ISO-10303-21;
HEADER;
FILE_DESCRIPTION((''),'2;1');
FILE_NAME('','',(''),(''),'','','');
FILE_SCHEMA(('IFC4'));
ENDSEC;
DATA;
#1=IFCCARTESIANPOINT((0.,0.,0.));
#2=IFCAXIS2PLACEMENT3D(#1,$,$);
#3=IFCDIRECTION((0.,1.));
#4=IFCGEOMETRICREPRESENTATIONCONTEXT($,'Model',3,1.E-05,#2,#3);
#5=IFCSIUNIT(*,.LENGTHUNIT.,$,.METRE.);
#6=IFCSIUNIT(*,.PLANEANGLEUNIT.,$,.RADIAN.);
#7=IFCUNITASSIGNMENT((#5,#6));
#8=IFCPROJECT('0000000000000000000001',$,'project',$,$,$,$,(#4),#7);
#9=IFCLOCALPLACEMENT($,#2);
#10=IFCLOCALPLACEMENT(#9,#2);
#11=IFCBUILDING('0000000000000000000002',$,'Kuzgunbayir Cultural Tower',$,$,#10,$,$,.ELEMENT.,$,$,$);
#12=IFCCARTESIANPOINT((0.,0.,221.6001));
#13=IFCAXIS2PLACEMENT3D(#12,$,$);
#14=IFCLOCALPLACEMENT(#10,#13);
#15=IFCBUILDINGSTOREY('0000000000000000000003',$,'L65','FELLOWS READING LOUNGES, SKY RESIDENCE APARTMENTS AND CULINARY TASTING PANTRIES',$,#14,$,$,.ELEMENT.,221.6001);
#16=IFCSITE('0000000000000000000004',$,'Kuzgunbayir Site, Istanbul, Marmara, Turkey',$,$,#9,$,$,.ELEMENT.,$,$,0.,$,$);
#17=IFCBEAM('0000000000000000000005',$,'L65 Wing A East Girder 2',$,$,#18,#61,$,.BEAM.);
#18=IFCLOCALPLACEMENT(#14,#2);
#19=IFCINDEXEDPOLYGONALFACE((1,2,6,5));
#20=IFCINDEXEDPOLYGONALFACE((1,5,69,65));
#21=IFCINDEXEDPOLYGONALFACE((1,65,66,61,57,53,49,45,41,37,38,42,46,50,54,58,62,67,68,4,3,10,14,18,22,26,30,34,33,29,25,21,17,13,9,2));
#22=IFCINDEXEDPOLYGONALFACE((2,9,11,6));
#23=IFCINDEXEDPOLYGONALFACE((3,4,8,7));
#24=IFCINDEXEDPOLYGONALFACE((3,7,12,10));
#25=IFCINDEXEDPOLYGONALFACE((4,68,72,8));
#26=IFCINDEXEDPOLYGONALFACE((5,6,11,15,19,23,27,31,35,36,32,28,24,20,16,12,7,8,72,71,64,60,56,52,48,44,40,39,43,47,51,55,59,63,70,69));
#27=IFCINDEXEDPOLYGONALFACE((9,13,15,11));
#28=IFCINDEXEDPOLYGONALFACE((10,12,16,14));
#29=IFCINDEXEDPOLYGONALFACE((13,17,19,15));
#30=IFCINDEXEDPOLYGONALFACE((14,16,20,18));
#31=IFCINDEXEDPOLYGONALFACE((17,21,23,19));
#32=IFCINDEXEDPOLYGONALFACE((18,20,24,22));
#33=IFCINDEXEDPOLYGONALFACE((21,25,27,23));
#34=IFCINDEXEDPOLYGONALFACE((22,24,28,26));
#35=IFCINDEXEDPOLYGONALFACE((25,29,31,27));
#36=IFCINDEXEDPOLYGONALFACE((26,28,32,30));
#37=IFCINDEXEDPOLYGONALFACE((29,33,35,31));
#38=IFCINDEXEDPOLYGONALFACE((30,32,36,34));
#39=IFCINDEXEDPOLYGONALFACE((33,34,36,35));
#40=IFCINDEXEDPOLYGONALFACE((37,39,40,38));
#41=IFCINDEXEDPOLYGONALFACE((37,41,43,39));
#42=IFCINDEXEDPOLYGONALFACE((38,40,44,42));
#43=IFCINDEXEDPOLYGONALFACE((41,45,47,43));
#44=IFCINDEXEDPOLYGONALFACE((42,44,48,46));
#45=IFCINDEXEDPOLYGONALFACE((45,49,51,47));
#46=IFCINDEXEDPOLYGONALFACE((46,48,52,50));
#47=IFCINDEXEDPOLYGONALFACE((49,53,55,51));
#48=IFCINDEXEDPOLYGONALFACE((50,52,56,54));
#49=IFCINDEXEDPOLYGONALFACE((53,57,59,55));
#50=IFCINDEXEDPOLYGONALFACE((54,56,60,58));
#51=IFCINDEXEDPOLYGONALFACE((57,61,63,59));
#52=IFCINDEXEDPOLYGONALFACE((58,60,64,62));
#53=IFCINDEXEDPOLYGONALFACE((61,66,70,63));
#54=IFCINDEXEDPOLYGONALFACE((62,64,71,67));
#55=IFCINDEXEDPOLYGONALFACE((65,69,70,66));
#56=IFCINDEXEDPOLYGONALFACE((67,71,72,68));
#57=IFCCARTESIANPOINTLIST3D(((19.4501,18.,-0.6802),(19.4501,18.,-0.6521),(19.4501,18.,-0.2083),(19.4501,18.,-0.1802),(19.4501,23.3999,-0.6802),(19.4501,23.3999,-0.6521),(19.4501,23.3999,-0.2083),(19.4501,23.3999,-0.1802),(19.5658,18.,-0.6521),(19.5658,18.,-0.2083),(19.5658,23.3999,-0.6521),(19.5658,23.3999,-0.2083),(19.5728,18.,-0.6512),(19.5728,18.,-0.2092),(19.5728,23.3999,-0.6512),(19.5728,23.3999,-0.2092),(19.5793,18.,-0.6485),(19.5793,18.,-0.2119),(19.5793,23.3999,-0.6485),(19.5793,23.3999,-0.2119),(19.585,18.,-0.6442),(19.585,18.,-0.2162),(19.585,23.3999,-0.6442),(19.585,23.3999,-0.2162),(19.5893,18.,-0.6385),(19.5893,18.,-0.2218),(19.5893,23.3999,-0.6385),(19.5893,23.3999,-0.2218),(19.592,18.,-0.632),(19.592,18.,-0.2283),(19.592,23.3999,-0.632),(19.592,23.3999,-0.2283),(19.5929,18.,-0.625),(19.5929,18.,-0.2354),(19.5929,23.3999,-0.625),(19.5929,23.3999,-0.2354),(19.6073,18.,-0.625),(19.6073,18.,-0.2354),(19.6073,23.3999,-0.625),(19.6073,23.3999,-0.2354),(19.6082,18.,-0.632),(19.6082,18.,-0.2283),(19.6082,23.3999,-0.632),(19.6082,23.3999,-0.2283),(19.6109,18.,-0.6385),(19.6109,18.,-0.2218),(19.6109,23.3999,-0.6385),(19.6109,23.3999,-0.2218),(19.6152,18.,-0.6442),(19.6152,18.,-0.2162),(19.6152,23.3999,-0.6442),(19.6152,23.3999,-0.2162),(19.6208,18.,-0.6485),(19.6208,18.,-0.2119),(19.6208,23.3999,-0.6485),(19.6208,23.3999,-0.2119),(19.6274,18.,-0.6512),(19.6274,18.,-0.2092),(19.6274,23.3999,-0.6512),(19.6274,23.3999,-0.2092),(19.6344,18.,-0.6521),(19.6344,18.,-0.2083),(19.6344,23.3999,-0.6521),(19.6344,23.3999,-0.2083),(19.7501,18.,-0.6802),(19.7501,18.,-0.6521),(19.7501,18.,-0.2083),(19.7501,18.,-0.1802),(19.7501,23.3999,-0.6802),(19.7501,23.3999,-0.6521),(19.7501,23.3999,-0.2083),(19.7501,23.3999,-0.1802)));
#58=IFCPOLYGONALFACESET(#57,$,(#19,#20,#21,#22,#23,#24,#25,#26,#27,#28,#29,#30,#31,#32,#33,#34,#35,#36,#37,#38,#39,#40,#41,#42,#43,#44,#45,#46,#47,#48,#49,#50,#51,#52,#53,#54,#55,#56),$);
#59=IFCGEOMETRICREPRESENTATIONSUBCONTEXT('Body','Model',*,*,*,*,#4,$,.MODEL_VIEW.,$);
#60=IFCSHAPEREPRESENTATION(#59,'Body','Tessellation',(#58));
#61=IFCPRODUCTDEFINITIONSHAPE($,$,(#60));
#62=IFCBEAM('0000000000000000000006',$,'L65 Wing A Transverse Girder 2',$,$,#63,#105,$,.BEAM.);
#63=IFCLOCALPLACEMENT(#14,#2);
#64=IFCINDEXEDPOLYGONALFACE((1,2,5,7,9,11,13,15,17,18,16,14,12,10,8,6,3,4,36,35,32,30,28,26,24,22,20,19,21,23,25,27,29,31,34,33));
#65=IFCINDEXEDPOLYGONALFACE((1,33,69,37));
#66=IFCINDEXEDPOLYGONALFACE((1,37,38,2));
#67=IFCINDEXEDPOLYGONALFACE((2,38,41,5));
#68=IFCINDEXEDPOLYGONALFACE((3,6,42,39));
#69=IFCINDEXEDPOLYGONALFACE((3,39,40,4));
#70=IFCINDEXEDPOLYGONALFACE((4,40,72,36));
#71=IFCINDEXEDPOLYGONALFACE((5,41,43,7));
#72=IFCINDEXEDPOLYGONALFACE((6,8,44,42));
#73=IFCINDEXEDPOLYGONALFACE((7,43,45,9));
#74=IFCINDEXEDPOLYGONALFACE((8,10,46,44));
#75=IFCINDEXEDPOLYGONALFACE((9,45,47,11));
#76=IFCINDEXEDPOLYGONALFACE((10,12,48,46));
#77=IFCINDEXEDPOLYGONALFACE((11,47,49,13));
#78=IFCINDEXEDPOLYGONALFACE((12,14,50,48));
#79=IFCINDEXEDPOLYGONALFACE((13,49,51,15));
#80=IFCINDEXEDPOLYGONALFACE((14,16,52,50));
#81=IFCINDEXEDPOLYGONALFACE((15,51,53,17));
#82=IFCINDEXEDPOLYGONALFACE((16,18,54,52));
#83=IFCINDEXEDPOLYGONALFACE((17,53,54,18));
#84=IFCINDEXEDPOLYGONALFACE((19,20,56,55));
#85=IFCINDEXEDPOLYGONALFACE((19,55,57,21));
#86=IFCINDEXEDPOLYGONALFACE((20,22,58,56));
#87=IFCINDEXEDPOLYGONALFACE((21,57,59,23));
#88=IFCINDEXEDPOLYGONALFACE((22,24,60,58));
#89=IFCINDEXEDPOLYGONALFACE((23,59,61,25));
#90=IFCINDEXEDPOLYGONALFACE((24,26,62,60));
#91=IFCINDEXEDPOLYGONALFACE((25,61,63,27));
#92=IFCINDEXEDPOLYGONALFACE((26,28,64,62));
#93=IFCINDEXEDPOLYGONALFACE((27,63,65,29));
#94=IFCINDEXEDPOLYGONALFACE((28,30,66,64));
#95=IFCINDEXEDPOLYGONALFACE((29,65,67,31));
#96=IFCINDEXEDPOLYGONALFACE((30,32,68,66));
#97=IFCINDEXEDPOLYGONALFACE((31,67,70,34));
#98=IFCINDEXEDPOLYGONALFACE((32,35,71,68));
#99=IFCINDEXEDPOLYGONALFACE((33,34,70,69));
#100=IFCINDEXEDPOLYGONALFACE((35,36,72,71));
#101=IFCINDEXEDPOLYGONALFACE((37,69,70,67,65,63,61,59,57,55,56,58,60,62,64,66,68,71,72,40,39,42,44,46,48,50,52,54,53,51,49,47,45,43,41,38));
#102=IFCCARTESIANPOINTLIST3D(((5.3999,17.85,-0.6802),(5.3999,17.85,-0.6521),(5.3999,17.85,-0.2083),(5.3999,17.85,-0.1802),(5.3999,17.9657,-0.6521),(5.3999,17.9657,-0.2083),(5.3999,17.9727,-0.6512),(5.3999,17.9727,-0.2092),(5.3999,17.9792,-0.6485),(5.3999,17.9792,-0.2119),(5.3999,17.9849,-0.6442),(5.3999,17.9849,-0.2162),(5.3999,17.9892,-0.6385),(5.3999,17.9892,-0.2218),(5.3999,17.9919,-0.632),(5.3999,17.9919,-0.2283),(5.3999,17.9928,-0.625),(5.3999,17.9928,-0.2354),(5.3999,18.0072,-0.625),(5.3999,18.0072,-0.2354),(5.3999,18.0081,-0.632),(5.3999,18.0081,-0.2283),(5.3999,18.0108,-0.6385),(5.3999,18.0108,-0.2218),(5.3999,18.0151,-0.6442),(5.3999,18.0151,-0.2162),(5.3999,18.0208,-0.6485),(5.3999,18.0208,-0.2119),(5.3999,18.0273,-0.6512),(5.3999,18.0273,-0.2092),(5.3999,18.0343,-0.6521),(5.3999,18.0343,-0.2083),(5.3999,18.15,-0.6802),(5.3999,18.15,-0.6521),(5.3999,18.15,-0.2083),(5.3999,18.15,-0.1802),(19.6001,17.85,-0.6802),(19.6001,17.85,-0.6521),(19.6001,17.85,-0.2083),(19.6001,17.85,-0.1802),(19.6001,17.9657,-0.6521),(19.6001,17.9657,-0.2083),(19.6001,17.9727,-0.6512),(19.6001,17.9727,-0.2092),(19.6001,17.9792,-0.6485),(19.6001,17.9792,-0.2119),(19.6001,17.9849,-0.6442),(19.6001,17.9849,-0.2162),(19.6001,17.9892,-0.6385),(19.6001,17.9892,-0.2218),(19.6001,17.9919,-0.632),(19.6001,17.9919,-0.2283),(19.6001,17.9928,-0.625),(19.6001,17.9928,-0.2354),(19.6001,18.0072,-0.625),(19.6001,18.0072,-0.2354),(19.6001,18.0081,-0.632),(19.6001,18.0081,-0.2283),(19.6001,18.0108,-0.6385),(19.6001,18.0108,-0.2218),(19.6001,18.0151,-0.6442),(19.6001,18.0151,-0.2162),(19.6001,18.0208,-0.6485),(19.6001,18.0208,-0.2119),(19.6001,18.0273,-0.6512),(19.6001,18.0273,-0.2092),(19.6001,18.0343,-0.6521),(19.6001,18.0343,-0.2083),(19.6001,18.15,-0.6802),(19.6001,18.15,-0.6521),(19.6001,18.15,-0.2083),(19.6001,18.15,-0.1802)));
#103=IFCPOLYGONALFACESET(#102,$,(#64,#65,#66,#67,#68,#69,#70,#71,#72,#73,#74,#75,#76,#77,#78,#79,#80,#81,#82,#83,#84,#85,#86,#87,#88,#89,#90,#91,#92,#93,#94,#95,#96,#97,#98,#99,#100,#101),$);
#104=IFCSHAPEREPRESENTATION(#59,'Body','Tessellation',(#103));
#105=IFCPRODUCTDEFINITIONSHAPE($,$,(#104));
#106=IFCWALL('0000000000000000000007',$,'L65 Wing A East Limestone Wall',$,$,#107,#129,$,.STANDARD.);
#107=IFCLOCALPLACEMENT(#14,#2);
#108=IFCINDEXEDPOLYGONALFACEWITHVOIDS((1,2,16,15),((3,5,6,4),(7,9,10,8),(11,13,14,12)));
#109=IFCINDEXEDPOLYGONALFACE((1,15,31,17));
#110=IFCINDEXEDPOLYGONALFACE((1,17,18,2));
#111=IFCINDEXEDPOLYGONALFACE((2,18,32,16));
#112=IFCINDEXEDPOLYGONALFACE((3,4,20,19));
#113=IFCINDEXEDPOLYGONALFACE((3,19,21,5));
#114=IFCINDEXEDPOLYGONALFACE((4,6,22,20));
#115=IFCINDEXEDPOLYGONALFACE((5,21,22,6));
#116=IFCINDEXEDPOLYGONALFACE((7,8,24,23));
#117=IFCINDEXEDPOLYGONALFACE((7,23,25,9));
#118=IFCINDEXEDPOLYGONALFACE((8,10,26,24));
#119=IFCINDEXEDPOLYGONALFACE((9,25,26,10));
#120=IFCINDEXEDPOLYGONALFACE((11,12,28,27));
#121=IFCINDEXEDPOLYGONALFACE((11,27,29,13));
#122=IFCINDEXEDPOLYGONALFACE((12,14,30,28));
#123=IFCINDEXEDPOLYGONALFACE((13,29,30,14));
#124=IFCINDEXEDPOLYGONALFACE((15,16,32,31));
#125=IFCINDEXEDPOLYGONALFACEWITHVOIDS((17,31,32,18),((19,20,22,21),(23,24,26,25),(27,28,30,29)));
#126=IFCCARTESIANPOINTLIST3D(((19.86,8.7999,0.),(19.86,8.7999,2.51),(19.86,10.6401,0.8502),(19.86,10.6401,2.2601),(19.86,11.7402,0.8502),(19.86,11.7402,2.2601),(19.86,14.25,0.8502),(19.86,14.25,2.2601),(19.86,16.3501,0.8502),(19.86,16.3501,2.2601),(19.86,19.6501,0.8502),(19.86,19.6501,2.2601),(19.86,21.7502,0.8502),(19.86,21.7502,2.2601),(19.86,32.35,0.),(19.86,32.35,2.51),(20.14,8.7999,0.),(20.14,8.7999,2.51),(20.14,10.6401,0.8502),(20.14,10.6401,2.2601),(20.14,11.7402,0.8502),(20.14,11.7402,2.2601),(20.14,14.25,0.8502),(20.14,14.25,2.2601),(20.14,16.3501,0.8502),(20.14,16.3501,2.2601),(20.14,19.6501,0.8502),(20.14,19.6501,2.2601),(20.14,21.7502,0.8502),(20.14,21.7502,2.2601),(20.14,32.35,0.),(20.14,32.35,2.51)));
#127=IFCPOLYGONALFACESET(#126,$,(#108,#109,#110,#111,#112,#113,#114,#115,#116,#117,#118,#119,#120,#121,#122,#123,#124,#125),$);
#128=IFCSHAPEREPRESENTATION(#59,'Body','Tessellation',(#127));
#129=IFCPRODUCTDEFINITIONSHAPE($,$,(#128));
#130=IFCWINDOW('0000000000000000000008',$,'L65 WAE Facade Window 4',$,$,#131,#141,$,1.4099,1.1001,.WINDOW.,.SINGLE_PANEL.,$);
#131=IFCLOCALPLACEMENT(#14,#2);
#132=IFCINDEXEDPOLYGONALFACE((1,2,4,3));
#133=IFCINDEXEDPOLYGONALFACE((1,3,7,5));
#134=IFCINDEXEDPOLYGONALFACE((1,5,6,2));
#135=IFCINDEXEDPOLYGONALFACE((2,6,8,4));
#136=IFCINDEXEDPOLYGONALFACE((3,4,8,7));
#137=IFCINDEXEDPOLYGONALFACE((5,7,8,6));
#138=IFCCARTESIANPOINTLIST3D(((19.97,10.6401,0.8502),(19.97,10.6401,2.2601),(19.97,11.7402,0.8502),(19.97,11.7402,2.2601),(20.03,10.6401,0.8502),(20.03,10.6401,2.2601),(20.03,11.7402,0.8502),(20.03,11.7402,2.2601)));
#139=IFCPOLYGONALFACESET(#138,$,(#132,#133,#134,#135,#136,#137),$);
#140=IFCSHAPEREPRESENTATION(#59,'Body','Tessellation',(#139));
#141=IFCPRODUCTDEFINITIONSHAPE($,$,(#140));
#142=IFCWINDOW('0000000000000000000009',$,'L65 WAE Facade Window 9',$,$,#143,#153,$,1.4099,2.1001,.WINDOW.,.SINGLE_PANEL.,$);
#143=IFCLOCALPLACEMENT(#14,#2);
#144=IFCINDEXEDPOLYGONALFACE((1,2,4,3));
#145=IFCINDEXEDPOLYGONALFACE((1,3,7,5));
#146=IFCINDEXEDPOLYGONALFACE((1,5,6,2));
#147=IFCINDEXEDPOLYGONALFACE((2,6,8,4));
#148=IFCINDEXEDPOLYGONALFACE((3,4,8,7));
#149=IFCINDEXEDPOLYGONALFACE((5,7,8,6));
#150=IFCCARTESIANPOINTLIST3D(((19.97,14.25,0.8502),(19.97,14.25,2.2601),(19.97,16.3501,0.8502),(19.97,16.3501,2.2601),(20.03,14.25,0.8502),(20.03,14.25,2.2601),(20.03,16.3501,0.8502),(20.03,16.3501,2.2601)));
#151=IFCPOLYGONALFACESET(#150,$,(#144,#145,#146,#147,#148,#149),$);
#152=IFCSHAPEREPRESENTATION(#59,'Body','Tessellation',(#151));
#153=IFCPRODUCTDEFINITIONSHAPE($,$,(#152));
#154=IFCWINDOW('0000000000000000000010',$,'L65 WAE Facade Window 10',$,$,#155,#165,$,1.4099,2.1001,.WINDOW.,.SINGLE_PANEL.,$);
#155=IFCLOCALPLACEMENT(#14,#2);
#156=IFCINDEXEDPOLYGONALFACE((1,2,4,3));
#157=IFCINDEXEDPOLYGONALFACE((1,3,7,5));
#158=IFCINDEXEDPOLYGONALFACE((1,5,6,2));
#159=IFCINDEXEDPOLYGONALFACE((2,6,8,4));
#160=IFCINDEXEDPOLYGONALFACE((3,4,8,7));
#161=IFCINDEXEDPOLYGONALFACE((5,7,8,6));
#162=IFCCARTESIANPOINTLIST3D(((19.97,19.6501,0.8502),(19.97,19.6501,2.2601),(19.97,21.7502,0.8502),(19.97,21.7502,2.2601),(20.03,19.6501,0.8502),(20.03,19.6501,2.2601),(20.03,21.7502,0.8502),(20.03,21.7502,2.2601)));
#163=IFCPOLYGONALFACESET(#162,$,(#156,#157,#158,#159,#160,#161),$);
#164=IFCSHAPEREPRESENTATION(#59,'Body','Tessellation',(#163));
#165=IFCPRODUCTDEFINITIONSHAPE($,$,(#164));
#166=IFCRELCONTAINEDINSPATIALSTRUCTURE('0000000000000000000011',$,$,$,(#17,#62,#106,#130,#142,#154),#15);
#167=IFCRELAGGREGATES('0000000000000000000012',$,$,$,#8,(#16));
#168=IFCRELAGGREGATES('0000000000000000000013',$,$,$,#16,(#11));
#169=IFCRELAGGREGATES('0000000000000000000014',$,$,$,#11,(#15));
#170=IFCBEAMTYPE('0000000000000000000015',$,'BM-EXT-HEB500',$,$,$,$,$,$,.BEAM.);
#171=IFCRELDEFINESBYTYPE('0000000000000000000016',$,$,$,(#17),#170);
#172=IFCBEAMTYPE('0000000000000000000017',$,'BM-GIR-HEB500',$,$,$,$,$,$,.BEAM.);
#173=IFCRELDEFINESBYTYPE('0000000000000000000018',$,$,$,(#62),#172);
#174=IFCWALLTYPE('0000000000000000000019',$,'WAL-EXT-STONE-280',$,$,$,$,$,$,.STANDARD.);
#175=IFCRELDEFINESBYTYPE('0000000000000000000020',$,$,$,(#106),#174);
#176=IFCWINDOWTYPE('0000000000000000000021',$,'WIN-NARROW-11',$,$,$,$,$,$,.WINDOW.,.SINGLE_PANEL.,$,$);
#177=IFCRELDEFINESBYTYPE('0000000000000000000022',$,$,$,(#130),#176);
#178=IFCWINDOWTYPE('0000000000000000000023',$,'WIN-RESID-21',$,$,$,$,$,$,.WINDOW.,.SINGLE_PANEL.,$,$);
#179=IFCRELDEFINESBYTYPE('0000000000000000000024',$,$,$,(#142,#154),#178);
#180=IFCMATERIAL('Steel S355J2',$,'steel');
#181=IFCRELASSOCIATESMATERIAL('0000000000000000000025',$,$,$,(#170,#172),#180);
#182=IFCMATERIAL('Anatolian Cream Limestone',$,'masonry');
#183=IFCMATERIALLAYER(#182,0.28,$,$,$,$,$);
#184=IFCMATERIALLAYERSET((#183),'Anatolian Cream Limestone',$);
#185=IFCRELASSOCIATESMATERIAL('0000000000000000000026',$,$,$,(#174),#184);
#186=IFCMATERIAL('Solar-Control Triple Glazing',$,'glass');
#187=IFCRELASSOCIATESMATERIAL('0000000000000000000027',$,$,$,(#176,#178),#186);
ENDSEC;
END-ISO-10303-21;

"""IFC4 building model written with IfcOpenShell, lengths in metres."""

from ifc_helpers import new_model, si_unit, direction, frame, frame_2d, origin, origin_2d, place, context, subcontext, project, spatial, rectangle, i_section, extrude, material, layer, layer_set, material_profile, profile_set, type_object, element, fill, save


model = new_model("IFC4")

# Units and contexts
model_context = context("Model", 3, precision=1e-05, world=origin(), true_north=direction((0.0, 1.0)))
body_context = subcontext(model_context, "Body", "Model", "MODEL_VIEW")
ifc_project = project(units=[si_unit("LENGTHUNIT", "METRE"), si_unit("PLANEANGLEUNIT", "RADIAN")], contexts=[model_context])

# Site, building, storey
site_placement = place(None, origin())
site = spatial("IfcSite", under=ifc_project, at=site_placement, Name="Kuzgunbayir Site, Istanbul, Marmara, Turkey", CompositionType="ELEMENT", RefElevation=0.0)
building_placement = place(site_placement, origin())
building = spatial("IfcBuilding", under=site, at=building_placement, Name="Kuzgunbayir Cultural Tower", CompositionType="ELEMENT")
storey_placement = place(building_placement, frame((0.0, 0.0, 221.6001)))
storey = spatial("IfcBuildingStorey", under=building, at=storey_placement, Name="L65", Description="FELLOWS READING LOUNGES, SKY RESIDENCE APARTMENTS AND CULINARY TASTING PANTRIES", CompositionType="ELEMENT", Elevation=221.6001)

# Beams
ifc_material_1 = material(Name="Steel S355J2", Category="steel")
ifc_material_profile_1 = material_profile(ifc_material_1, i_section(OverallWidth=0.3, OverallDepth=0.5, WebThickness=0.0144, FlangeThickness=0.0281, FilletRadius=0.0271, at=origin_2d()), Name="HEB 500")
ifc_profile_set_1 = profile_set([ifc_material_profile_1], Name="Steel S355J2")
beam_type_1 = type_object("IfcBeamType", Name="BM-EXT-HEB500", PredefinedType="BEAM", material=ifc_profile_set_1)
for number, where, z_axis, x_axis, name in (
    (1, (19.6001, 18.0, -0.4302), (0.0, 1.0, 0.0), (-1.0, 0.0, 0.0), "L65 Wing A East Girder 2"),
):
    element("IfcBeam", number, at=place(storey_placement, frame(where, z_axis=z_axis, x_axis=x_axis)), inside=storey, type_object=beam_type_1, Name=name, PredefinedType="BEAM", context=body_context, shape_type="SweptSolid", body=[
        extrude(i_section(OverallWidth=0.3, OverallDepth=0.5, WebThickness=0.0144, FlangeThickness=0.0281, FilletRadius=0.0271, at=origin_2d()), origin(), (0.0, 0.0, 1.0), 5.3999),
    ])
ifc_material_profile_2 = material_profile(ifc_material_1, i_section(OverallWidth=0.3, OverallDepth=0.5, WebThickness=0.0144, FlangeThickness=0.0281, FilletRadius=0.0271, at=origin_2d()), Name="HEB 500")
ifc_profile_set_2 = profile_set([ifc_material_profile_2], Name="Steel S355J2")
beam_type_2 = type_object("IfcBeamType", Name="BM-GIR-HEB500", PredefinedType="BEAM", material=ifc_profile_set_2)
beam_placement = place(storey_placement, frame((5.3999, 18.0, -0.4302), z_axis=(1.0, 0.0, 0.0), x_axis=(0.0, 1.0, 0.0)))
element("IfcBeam", 2, at=beam_placement, inside=storey, type_object=beam_type_2, Name="L65 Wing A Transverse Girder 2", PredefinedType="BEAM", context=body_context, shape_type="SweptSolid", body=[
    extrude(i_section(OverallWidth=0.3, OverallDepth=0.5, WebThickness=0.0144, FlangeThickness=0.0281, FilletRadius=0.0271, at=origin_2d()), origin(), (0.0, 0.0, 1.0), 14.2002),
])

# Wall, openings, windows
ifc_material_2 = material(Name="Anatolian Cream Limestone", Category="masonry")
ifc_layer_1 = layer(ifc_material_2, 0.28)
ifc_layer_set_1 = layer_set([ifc_layer_1], Name="Anatolian Cream Limestone")
wall_type_1 = type_object("IfcWallType", Name="WAL-EXT-STONE-280", PredefinedType="STANDARD", material=ifc_layer_set_1)
wall_1_placement = place(storey_placement, frame((20.0, 8.8, 0.0), z_axis=(0.0, 0.0, 1.0), x_axis=(0.0, 1.0, 0.0)))
wall_1 = element("IfcWall", 3, at=wall_1_placement, inside=storey, type_object=wall_type_1, Name="L65 Wing A East Limestone Wall", PredefinedType="STANDARD", context=body_context, shape_type="SweptSolid", body=[
    extrude(rectangle(XDim=23.55, YDim=0.28, at=frame_2d((11.7749, 0.0))), origin(), (0.0, 0.0, 1.0), 2.51),
])
opening_1_placement = place(wall_1_placement, frame((1.8401, 0.0, 0.8501)))
opening_1 = element("IfcOpeningElement", 4, at=opening_1_placement, cuts=wall_1, PredefinedType="OPENING", context=body_context, shape_type="SweptSolid", body=[
    extrude(rectangle(XDim=1.1001, YDim=1.4099, at=frame_2d((0.55, 0.7051))), frame((0.0, 0.1499, 0.0), z_axis=(0.0, -1.0, 0.0), x_axis=(1.0, 0.0, 0.0)), (0.0, 0.0, 1.0), 0.3),
])
opening_2_placement = place(wall_1_placement, frame((5.45, 0.0, 0.8501)))
opening_2 = element("IfcOpeningElement", 5, at=opening_2_placement, cuts=wall_1, PredefinedType="OPENING", context=body_context, shape_type="SweptSolid", body=[
    extrude(rectangle(XDim=2.1001, YDim=1.4099, at=frame_2d((1.05, 0.7051))), frame((0.0, 0.1499, 0.0), z_axis=(0.0, -1.0, 0.0), x_axis=(1.0, 0.0, 0.0)), (0.0, 0.0, 1.0), 0.3),
])
opening_3_placement = place(wall_1_placement, frame((10.8501, 0.0, 0.8501)))
opening_3 = element("IfcOpeningElement", 6, at=opening_3_placement, cuts=wall_1, PredefinedType="OPENING", context=body_context, shape_type="SweptSolid", body=[
    extrude(rectangle(XDim=2.1001, YDim=1.4099, at=frame_2d((1.05, 0.7051))), frame((0.0, 0.1499, 0.0), z_axis=(0.0, -1.0, 0.0), x_axis=(1.0, 0.0, 0.0)), (0.0, 0.0, 1.0), 0.3),
])
ifc_material_3 = material(Name="Solar-Control Triple Glazing", Category="glass")
window_type_1 = type_object("IfcWindowType", Name="WIN-NARROW-11", PartitioningType="SINGLE_PANEL", PredefinedType="WINDOW", material=ifc_material_3)
window_1_placement = place(opening_1_placement, origin())
window_1 = element("IfcWindow", 7, at=window_1_placement, inside=storey, type_object=window_type_1, Name="L65 WAE Facade Window 4", OverallHeight=1.4099, OverallWidth=1.1001, PartitioningType="SINGLE_PANEL", PredefinedType="WINDOW", context=body_context, shape_type="SweptSolid", body=[
    extrude(rectangle(XDim=1.1001, YDim=1.4099, at=frame_2d((0.55, 0.7051))), frame((0.0, 0.03, 0.0), z_axis=(0.0, -1.0, 0.0), x_axis=(1.0, 0.0, 0.0)), (0.0, 0.0, 1.0), 0.0601),
])
fill(opening_1, window_1)
window_type_2 = type_object("IfcWindowType", Name="WIN-RESID-21", PartitioningType="SINGLE_PANEL", PredefinedType="WINDOW", material=ifc_material_3)
window_2_placement = place(opening_2_placement, origin())
window_2 = element("IfcWindow", 8, at=window_2_placement, inside=storey, type_object=window_type_2, Name="L65 WAE Facade Window 9", OverallHeight=1.4099, OverallWidth=2.1001, PartitioningType="SINGLE_PANEL", PredefinedType="WINDOW", context=body_context, shape_type="SweptSolid", body=[
    extrude(rectangle(XDim=2.1001, YDim=1.4099, at=frame_2d((1.05, 0.7051))), frame((0.0, 0.03, 0.0), z_axis=(0.0, -1.0, 0.0), x_axis=(1.0, 0.0, 0.0)), (0.0, 0.0, 1.0), 0.0601),
])
fill(opening_2, window_2)
window_3_placement = place(opening_3_placement, origin())
window_3 = element("IfcWindow", 9, at=window_3_placement, inside=storey, type_object=window_type_2, Name="L65 WAE Facade Window 10", OverallHeight=1.4099, OverallWidth=2.1001, PartitioningType="SINGLE_PANEL", PredefinedType="WINDOW", context=body_context, shape_type="SweptSolid", body=[
    extrude(rectangle(XDim=2.1001, YDim=1.4099, at=frame_2d((1.05, 0.7051))), frame((0.0, 0.03, 0.0), z_axis=(0.0, -1.0, 0.0), x_axis=(1.0, 0.0, 0.0)), (0.0, 0.0, 1.0), 0.0601),
])
fill(opening_3, window_3)

save(model, "model.ifc")
